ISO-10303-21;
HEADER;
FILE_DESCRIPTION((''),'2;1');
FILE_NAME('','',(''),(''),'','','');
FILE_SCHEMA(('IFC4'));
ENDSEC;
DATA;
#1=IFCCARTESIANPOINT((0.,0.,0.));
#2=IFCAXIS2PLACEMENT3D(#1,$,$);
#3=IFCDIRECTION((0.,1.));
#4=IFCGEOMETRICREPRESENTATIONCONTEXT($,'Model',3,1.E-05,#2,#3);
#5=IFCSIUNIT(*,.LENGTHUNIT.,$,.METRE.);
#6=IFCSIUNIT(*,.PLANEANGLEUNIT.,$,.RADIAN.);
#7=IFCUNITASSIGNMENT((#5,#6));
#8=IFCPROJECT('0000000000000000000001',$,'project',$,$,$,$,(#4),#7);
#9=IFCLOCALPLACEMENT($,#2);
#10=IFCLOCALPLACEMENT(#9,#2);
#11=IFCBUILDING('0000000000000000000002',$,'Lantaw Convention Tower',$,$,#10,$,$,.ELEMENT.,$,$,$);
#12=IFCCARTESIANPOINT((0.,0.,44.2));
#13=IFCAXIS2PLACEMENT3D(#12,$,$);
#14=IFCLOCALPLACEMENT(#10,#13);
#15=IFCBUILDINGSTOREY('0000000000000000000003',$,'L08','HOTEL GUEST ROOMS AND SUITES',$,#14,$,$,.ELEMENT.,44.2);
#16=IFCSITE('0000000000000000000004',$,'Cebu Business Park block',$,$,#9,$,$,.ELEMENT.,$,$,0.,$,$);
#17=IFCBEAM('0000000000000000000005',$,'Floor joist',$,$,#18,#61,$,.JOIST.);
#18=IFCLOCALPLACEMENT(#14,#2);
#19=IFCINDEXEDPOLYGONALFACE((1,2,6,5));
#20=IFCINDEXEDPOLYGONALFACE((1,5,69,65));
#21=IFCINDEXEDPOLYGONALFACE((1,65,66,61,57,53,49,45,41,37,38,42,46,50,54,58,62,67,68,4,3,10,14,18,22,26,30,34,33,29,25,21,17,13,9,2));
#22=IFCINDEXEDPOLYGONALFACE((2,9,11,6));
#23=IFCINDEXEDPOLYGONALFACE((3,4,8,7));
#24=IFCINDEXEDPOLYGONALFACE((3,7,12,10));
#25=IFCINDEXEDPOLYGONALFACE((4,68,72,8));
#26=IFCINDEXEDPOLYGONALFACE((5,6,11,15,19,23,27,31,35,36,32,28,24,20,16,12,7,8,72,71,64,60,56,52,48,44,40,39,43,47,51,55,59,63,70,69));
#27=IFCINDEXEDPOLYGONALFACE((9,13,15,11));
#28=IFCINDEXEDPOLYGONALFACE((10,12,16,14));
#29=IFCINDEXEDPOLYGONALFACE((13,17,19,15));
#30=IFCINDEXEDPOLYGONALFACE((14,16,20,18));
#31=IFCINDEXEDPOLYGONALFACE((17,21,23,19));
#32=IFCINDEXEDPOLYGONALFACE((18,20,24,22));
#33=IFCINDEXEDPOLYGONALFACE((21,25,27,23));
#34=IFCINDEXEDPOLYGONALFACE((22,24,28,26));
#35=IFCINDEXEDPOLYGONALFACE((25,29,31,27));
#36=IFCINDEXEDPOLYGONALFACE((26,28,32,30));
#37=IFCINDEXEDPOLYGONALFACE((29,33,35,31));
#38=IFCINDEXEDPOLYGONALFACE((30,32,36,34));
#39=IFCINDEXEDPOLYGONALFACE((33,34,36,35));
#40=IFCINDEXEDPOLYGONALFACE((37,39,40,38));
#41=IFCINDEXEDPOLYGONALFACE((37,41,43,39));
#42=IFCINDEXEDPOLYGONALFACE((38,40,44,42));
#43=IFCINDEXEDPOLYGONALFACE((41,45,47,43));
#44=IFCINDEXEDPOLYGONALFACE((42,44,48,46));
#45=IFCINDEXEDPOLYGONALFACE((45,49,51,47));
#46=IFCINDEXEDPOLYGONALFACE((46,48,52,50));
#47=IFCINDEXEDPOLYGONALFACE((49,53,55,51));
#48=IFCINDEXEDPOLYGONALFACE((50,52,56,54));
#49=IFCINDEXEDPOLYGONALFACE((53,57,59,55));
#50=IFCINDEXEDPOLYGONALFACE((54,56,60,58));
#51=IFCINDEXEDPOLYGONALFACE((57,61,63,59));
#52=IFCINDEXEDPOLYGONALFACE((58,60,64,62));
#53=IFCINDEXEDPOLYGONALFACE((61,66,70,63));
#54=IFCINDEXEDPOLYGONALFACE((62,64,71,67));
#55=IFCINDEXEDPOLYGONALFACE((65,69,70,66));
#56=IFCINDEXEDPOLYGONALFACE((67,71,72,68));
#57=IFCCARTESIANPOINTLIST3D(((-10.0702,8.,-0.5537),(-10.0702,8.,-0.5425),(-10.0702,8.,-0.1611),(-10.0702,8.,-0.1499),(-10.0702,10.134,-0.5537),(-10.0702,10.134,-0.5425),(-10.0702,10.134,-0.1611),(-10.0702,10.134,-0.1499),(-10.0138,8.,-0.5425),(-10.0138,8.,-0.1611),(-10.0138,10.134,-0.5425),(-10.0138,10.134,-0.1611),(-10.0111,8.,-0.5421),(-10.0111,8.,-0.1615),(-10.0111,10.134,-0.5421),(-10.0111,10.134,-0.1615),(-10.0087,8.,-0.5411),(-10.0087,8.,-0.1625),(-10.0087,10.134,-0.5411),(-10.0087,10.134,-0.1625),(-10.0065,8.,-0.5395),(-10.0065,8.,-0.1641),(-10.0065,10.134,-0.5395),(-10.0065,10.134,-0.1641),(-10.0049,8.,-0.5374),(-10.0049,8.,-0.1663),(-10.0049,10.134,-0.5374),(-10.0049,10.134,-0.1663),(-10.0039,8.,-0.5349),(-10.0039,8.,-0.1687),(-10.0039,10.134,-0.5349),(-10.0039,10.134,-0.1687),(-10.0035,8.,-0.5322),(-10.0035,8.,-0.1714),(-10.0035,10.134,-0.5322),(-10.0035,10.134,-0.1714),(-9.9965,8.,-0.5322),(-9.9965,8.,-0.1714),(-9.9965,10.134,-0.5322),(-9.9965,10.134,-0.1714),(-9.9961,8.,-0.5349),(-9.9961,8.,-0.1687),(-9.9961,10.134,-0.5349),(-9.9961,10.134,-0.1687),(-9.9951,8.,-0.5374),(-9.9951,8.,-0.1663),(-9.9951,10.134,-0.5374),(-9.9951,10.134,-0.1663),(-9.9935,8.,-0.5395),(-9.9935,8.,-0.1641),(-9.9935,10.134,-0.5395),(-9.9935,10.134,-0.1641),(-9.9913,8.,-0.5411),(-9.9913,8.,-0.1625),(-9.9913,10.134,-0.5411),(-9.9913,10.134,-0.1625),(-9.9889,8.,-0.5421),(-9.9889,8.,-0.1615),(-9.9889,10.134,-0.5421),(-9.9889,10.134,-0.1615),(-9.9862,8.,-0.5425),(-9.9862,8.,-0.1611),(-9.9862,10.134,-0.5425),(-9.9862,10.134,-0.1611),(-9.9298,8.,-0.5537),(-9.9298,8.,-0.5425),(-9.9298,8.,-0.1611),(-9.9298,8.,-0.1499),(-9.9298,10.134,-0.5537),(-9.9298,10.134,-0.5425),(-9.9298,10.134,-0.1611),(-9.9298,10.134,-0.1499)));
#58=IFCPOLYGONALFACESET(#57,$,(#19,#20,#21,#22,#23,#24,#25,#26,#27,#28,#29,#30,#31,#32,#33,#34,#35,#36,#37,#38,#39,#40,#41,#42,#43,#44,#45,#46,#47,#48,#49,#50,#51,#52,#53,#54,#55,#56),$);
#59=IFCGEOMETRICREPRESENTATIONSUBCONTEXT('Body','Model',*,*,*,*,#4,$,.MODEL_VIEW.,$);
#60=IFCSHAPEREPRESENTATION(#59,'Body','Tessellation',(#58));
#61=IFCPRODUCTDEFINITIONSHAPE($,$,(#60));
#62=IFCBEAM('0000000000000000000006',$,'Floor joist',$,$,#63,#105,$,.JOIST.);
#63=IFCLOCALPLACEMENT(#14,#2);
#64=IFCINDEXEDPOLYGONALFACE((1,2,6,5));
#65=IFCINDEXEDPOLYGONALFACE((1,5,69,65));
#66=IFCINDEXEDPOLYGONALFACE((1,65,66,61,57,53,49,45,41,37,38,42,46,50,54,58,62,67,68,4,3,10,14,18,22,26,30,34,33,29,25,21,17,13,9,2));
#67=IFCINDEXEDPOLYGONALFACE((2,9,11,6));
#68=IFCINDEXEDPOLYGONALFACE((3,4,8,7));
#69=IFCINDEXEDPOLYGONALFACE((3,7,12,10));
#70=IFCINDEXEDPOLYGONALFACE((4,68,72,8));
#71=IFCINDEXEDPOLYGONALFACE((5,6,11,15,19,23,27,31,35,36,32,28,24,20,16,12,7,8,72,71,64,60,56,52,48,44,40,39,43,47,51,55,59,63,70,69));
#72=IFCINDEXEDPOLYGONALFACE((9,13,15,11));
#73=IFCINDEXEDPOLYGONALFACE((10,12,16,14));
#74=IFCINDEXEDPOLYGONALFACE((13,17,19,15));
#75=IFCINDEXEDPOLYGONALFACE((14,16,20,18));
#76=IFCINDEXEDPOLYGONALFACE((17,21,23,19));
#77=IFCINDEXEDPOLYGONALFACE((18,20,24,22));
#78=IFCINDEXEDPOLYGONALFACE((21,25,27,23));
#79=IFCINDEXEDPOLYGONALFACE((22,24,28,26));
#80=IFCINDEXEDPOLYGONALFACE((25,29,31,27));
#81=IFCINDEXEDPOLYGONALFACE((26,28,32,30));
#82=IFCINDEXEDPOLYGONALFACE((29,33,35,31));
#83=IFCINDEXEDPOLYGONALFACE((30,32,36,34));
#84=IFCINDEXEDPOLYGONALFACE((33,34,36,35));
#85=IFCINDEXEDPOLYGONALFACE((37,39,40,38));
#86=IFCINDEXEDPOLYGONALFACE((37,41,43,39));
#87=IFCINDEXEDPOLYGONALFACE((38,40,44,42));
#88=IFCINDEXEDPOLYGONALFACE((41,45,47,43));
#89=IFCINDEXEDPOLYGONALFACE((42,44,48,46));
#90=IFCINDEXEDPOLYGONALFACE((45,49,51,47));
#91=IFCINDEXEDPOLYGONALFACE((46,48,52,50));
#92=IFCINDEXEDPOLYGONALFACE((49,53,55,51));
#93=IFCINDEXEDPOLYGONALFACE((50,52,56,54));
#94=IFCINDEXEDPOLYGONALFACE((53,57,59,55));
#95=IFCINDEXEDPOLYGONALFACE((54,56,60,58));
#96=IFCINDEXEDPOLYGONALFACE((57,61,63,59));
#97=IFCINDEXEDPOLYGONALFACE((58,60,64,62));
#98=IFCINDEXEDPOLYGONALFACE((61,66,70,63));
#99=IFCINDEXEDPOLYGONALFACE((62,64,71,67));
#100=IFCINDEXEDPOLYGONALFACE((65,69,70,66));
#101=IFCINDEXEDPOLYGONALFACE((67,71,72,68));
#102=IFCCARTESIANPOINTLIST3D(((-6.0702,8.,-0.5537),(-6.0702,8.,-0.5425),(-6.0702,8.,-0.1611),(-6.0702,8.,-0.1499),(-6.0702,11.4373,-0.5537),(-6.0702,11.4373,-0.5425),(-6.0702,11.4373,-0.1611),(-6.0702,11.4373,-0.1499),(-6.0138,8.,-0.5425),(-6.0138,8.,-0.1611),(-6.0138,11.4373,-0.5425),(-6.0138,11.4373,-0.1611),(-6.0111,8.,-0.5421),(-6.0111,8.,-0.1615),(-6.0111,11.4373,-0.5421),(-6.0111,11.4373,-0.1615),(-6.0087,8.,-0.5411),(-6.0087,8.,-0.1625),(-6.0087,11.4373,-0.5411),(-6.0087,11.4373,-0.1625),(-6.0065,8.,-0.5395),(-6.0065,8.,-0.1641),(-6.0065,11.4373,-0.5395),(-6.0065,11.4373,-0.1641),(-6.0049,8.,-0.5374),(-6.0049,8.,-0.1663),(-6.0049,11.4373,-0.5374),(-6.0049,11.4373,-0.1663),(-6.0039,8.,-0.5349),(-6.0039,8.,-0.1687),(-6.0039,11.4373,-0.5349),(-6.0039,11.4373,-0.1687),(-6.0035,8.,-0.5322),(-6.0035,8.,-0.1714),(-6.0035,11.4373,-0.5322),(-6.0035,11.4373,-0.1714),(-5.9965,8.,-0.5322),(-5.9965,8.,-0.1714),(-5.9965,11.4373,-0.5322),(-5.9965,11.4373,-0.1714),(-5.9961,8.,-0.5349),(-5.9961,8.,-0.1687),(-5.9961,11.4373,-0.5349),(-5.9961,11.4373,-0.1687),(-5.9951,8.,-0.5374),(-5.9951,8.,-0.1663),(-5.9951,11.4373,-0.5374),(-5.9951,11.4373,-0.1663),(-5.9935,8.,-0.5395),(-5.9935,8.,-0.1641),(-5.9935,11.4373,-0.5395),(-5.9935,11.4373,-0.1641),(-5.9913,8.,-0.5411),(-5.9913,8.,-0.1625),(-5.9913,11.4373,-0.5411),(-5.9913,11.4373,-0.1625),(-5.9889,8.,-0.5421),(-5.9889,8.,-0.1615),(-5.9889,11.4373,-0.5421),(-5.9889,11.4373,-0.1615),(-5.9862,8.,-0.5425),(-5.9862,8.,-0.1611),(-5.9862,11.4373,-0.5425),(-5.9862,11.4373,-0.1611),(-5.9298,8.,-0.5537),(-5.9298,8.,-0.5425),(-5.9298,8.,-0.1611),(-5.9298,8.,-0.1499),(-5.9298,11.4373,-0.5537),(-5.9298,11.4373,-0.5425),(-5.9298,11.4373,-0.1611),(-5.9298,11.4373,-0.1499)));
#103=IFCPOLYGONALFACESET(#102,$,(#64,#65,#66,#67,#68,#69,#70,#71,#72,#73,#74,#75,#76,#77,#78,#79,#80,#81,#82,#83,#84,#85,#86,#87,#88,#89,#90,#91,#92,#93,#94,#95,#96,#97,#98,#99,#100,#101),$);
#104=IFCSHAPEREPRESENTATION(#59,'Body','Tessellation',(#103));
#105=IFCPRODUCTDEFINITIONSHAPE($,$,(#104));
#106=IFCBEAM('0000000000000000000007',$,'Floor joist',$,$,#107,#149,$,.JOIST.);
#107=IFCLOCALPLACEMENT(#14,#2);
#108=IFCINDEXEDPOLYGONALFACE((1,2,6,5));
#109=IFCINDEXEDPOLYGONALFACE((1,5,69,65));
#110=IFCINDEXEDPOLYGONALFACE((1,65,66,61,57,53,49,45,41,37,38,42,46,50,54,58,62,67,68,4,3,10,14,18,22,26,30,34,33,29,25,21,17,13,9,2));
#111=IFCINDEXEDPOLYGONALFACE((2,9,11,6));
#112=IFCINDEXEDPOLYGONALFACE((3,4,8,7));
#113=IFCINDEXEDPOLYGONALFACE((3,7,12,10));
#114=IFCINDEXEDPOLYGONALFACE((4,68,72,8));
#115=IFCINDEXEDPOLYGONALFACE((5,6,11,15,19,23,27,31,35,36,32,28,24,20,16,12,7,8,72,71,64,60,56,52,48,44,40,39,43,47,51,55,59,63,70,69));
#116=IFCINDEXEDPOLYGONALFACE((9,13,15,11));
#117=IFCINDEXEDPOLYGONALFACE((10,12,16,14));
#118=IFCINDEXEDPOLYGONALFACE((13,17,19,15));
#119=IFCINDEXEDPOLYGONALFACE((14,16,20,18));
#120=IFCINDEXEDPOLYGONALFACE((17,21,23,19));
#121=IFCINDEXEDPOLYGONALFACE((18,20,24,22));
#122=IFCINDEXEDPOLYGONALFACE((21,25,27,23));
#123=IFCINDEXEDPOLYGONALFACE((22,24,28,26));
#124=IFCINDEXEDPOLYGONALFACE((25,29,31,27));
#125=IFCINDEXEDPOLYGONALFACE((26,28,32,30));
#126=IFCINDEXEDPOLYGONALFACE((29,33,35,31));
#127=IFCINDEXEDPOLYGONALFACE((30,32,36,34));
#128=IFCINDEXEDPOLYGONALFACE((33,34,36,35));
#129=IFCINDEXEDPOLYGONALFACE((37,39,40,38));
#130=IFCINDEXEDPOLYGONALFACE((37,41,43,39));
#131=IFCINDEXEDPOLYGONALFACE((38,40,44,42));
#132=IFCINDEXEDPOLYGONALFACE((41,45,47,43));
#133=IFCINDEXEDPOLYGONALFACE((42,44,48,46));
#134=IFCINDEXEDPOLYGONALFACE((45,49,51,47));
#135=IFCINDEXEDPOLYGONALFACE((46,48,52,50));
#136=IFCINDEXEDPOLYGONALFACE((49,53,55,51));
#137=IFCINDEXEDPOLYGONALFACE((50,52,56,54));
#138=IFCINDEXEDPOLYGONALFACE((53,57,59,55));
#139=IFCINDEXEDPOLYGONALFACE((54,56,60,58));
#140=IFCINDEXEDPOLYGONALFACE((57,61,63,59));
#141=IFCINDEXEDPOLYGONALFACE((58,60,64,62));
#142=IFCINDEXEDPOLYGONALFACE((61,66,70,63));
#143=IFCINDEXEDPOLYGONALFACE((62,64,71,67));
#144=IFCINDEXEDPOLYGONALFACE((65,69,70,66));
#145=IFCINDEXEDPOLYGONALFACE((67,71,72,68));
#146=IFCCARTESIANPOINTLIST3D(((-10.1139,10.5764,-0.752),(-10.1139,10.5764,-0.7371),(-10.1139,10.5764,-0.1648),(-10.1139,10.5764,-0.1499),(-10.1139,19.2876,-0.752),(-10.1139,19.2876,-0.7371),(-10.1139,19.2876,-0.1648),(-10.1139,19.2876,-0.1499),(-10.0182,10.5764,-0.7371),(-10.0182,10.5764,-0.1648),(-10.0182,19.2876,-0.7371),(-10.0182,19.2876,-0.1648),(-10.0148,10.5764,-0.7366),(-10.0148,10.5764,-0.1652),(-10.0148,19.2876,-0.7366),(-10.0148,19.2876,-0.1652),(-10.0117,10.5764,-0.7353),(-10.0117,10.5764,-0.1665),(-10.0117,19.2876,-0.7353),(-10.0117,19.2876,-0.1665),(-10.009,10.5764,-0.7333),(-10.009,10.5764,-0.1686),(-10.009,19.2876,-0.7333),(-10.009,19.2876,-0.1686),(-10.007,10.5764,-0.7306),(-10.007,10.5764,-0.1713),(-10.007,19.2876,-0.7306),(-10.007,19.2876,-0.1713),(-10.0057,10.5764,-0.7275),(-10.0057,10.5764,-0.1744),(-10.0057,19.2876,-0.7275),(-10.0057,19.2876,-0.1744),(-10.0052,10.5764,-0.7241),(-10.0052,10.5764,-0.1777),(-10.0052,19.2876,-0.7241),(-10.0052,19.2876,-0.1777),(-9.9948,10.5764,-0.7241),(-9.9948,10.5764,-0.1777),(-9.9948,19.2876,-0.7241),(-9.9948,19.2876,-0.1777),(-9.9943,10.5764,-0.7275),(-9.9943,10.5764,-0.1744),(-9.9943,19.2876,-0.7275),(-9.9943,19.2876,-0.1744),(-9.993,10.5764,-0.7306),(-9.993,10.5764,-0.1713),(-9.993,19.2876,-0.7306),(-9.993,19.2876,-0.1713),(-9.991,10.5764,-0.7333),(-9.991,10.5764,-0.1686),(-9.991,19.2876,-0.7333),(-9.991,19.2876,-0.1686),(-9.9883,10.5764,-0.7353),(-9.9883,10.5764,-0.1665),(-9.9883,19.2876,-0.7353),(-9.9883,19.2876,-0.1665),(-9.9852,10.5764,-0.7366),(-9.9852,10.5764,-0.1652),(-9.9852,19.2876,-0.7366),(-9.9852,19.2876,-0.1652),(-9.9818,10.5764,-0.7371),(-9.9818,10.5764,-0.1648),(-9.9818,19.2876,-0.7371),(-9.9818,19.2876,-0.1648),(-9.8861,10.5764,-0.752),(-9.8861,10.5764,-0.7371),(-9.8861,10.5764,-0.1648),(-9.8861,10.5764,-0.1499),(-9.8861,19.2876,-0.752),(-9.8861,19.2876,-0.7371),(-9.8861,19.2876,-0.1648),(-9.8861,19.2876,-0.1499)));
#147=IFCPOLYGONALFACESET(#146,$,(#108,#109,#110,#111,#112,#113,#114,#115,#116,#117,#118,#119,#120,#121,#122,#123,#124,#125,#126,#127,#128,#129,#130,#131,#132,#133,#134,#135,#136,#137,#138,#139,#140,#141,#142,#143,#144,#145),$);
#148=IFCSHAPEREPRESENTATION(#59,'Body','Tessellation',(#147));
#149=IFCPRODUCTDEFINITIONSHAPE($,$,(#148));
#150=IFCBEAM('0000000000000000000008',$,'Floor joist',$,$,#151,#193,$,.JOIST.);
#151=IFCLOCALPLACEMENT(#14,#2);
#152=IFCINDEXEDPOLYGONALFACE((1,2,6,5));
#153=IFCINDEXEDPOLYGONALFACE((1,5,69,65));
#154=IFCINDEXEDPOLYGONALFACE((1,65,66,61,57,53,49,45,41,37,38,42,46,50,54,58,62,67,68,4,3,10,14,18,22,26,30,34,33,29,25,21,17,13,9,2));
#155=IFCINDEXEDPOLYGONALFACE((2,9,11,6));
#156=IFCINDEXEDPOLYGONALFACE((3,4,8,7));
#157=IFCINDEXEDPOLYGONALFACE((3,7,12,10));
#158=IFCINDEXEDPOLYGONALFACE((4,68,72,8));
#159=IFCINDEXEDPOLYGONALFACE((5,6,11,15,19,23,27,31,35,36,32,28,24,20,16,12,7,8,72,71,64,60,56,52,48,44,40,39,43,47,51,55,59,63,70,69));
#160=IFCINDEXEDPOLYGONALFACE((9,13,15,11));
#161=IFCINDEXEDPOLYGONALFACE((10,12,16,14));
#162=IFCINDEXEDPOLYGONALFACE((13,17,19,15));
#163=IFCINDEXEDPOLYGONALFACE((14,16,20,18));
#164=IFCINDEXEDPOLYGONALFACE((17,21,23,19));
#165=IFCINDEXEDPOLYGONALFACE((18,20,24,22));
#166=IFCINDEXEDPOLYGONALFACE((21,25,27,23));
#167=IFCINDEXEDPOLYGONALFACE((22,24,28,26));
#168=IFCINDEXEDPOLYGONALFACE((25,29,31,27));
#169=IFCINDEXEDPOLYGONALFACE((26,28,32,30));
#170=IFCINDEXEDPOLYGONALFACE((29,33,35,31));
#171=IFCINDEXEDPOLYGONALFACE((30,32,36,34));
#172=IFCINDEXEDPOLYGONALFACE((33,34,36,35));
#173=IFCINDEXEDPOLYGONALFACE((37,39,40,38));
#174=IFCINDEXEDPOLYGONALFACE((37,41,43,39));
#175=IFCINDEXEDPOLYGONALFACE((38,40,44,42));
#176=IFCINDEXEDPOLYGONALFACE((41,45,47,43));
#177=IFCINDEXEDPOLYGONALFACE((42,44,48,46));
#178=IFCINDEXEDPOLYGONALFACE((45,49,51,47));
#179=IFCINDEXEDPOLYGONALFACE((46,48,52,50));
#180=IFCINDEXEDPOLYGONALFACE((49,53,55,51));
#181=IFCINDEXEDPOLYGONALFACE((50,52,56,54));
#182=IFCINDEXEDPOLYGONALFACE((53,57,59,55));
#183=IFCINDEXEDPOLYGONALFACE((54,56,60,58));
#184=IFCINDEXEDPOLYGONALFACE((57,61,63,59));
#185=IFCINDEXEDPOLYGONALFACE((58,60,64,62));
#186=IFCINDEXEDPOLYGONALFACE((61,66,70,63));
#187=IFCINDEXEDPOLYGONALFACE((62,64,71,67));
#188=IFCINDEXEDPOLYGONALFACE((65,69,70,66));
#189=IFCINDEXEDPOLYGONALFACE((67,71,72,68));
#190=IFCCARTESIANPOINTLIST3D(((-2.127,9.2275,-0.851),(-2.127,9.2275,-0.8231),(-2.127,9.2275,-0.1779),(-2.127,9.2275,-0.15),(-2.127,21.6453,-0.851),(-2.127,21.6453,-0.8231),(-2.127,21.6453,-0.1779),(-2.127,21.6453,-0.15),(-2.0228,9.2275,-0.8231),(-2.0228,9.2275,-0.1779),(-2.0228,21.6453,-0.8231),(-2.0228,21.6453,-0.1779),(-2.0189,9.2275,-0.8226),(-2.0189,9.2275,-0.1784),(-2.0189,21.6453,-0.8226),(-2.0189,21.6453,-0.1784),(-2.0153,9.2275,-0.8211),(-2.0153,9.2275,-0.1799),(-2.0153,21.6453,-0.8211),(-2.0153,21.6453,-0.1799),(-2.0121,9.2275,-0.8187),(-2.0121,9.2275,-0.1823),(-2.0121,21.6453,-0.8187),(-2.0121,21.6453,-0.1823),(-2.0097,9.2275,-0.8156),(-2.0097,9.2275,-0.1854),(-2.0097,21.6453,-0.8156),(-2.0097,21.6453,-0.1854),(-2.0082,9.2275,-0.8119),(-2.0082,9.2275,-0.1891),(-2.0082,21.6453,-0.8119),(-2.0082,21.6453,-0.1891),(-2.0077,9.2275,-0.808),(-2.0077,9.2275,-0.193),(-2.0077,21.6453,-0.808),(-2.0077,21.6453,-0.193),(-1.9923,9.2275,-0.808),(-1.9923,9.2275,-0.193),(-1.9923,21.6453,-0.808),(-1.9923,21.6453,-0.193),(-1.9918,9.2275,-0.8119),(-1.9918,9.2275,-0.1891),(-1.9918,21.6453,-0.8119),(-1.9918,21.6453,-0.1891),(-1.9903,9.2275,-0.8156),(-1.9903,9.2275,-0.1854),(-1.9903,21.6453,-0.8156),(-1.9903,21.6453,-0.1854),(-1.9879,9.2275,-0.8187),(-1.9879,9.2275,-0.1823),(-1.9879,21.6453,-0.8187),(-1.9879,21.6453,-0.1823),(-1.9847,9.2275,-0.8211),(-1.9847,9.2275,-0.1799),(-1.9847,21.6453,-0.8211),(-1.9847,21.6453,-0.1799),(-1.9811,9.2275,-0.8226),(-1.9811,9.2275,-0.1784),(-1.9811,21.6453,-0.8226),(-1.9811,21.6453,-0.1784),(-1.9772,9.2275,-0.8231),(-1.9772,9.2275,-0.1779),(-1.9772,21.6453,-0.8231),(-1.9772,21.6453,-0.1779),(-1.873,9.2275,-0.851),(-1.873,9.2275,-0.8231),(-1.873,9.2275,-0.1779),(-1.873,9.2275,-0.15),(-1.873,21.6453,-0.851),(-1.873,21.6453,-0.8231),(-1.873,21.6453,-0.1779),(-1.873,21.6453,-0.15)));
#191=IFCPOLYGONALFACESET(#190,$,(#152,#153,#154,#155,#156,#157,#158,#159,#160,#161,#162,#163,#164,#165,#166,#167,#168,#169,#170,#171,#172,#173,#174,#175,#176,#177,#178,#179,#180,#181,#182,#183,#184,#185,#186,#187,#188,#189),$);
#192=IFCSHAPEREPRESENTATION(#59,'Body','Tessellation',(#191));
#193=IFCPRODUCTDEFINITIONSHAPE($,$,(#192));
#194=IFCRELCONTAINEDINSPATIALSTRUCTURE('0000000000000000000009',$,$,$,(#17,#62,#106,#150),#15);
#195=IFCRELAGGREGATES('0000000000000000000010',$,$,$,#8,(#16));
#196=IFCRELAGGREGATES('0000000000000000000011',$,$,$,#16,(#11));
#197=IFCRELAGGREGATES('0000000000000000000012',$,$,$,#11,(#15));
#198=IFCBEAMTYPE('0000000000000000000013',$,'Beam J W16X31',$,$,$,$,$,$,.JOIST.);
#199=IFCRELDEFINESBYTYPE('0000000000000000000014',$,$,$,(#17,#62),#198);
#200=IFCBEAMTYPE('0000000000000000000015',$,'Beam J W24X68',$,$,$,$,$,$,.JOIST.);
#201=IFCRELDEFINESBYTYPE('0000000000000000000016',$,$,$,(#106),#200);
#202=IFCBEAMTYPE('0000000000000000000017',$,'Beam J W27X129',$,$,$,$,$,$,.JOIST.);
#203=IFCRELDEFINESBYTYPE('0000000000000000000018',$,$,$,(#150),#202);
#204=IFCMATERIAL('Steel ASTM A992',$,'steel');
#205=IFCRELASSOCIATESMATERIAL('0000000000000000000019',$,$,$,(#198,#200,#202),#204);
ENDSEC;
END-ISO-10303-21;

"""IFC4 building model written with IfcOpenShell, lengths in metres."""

from ifc_helpers import new_model, si_unit, direction, frame, origin, origin_2d, place, context, subcontext, project, spatial, i_section, extrude, material, material_profile, profile_set, type_object, element, save


model = new_model("IFC4")

# Units and contexts
model_context = context("Model", 3, precision=1e-05, world=origin(), true_north=direction((0.0, 1.0)))
body_context = subcontext(model_context, "Body", "Model", "MODEL_VIEW")
ifc_project = project(units=[si_unit("LENGTHUNIT", "METRE"), si_unit("PLANEANGLEUNIT", "RADIAN")], contexts=[model_context])

# Site, building, storey
site_placement = place(None, origin())
site = spatial("IfcSite", under=ifc_project, at=site_placement, Name="Cebu Business Park block", CompositionType="ELEMENT", RefElevation=0.0)
building_placement = place(site_placement, origin())
building = spatial("IfcBuilding", under=site, at=building_placement, Name="Lantaw Convention Tower", CompositionType="ELEMENT")
storey_placement = place(building_placement, frame((0.0, 0.0, 44.2)))
storey = spatial("IfcBuildingStorey", under=building, at=storey_placement, Name="L08", Description="HOTEL GUEST ROOMS AND SUITES", CompositionType="ELEMENT", Elevation=44.2)

# Beams
ifc_material_1 = material(Name="Steel ASTM A992", Category="steel")
ifc_material_profile_1 = material_profile(ifc_material_1, i_section(OverallWidth=0.1404, OverallDepth=0.4038, WebThickness=0.0071, FlangeThickness=0.0112, FilletRadius=0.0103, at=origin_2d()), Name="W16X31")
ifc_profile_set_1 = profile_set([ifc_material_profile_1], Name="Steel ASTM A992")
beam_type_1 = type_object("IfcBeamType", Name="Beam J W16X31", PredefinedType="JOIST", material=ifc_profile_set_1)
beam_1_placement = place(storey_placement, frame((-10.0, 8.0, -0.3518), z_axis=(0.0, 1.0, 0.0), x_axis=(-1.0, 0.0, 0.0)))
element("IfcBeam", 1, at=beam_1_placement, inside=storey, type_object=beam_type_1, Name="Floor joist", PredefinedType="JOIST", context=body_context, shape_type="SweptSolid", body=[
    extrude(i_section(OverallWidth=0.1404, OverallDepth=0.4038, WebThickness=0.0071, FlangeThickness=0.0112, FilletRadius=0.0103, at=origin_2d()), origin(), (0.0, 0.0, 1.0), 2.134),
])
beam_2_placement = place(storey_placement, frame((-6.0, 8.0, -0.3518), z_axis=(0.0, 1.0, 0.0), x_axis=(-1.0, 0.0, 0.0)))
element("IfcBeam", 2, at=beam_2_placement, inside=storey, type_object=beam_type_1, Name="Floor joist", PredefinedType="JOIST", context=body_context, shape_type="SweptSolid", body=[
    extrude(i_section(OverallWidth=0.1404, OverallDepth=0.4038, WebThickness=0.0071, FlangeThickness=0.0112, FilletRadius=0.0103, at=origin_2d()), origin(), (0.0, 0.0, 1.0), 3.4373),
])
ifc_material_profile_2 = material_profile(ifc_material_1, i_section(OverallWidth=0.2278, OverallDepth=0.6021, WebThickness=0.0105, FlangeThickness=0.0149, FilletRadius=0.0129, at=origin_2d()), Name="W24X68")
ifc_profile_set_2 = profile_set([ifc_material_profile_2], Name="Steel ASTM A992")
beam_type_2 = type_object("IfcBeamType", Name="Beam J W24X68", PredefinedType="JOIST", material=ifc_profile_set_2)
beam_3_placement = place(storey_placement, frame((-10.0, 10.5764, -0.4509), z_axis=(0.0, 1.0, 0.0), x_axis=(-1.0, 0.0, 0.0)))
element("IfcBeam", 3, at=beam_3_placement, inside=storey, type_object=beam_type_2, Name="Floor joist", PredefinedType="JOIST", context=body_context, shape_type="SweptSolid", body=[
    extrude(i_section(OverallWidth=0.2278, OverallDepth=0.6021, WebThickness=0.0105, FlangeThickness=0.0149, FilletRadius=0.0129, at=origin_2d()), origin(), (0.0, 0.0, 1.0), 8.7112),
])
ifc_material_profile_3 = material_profile(ifc_material_1, i_section(OverallWidth=0.2539, OverallDepth=0.7009, WebThickness=0.0154, FlangeThickness=0.0278, FilletRadius=0.0151, at=origin_2d()), Name="W27X129")
ifc_profile_set_3 = profile_set([ifc_material_profile_3], Name="Steel ASTM A992")
beam_type_3 = type_object("IfcBeamType", Name="Beam J W27X129", PredefinedType="JOIST", material=ifc_profile_set_3)
beam_4_placement = place(storey_placement, frame((-2.0, 9.2275, -0.5005), z_axis=(0.0, 1.0, 0.0), x_axis=(-1.0, 0.0, 0.0)))
element("IfcBeam", 4, at=beam_4_placement, inside=storey, type_object=beam_type_3, Name="Floor joist", PredefinedType="JOIST", context=body_context, shape_type="SweptSolid", body=[
    extrude(i_section(OverallWidth=0.2539, OverallDepth=0.7009, WebThickness=0.0154, FlangeThickness=0.0278, FilletRadius=0.0151, at=origin_2d()), origin(), (0.0, 0.0, 1.0), 12.4177),
])

save(model, "model.ifc")
